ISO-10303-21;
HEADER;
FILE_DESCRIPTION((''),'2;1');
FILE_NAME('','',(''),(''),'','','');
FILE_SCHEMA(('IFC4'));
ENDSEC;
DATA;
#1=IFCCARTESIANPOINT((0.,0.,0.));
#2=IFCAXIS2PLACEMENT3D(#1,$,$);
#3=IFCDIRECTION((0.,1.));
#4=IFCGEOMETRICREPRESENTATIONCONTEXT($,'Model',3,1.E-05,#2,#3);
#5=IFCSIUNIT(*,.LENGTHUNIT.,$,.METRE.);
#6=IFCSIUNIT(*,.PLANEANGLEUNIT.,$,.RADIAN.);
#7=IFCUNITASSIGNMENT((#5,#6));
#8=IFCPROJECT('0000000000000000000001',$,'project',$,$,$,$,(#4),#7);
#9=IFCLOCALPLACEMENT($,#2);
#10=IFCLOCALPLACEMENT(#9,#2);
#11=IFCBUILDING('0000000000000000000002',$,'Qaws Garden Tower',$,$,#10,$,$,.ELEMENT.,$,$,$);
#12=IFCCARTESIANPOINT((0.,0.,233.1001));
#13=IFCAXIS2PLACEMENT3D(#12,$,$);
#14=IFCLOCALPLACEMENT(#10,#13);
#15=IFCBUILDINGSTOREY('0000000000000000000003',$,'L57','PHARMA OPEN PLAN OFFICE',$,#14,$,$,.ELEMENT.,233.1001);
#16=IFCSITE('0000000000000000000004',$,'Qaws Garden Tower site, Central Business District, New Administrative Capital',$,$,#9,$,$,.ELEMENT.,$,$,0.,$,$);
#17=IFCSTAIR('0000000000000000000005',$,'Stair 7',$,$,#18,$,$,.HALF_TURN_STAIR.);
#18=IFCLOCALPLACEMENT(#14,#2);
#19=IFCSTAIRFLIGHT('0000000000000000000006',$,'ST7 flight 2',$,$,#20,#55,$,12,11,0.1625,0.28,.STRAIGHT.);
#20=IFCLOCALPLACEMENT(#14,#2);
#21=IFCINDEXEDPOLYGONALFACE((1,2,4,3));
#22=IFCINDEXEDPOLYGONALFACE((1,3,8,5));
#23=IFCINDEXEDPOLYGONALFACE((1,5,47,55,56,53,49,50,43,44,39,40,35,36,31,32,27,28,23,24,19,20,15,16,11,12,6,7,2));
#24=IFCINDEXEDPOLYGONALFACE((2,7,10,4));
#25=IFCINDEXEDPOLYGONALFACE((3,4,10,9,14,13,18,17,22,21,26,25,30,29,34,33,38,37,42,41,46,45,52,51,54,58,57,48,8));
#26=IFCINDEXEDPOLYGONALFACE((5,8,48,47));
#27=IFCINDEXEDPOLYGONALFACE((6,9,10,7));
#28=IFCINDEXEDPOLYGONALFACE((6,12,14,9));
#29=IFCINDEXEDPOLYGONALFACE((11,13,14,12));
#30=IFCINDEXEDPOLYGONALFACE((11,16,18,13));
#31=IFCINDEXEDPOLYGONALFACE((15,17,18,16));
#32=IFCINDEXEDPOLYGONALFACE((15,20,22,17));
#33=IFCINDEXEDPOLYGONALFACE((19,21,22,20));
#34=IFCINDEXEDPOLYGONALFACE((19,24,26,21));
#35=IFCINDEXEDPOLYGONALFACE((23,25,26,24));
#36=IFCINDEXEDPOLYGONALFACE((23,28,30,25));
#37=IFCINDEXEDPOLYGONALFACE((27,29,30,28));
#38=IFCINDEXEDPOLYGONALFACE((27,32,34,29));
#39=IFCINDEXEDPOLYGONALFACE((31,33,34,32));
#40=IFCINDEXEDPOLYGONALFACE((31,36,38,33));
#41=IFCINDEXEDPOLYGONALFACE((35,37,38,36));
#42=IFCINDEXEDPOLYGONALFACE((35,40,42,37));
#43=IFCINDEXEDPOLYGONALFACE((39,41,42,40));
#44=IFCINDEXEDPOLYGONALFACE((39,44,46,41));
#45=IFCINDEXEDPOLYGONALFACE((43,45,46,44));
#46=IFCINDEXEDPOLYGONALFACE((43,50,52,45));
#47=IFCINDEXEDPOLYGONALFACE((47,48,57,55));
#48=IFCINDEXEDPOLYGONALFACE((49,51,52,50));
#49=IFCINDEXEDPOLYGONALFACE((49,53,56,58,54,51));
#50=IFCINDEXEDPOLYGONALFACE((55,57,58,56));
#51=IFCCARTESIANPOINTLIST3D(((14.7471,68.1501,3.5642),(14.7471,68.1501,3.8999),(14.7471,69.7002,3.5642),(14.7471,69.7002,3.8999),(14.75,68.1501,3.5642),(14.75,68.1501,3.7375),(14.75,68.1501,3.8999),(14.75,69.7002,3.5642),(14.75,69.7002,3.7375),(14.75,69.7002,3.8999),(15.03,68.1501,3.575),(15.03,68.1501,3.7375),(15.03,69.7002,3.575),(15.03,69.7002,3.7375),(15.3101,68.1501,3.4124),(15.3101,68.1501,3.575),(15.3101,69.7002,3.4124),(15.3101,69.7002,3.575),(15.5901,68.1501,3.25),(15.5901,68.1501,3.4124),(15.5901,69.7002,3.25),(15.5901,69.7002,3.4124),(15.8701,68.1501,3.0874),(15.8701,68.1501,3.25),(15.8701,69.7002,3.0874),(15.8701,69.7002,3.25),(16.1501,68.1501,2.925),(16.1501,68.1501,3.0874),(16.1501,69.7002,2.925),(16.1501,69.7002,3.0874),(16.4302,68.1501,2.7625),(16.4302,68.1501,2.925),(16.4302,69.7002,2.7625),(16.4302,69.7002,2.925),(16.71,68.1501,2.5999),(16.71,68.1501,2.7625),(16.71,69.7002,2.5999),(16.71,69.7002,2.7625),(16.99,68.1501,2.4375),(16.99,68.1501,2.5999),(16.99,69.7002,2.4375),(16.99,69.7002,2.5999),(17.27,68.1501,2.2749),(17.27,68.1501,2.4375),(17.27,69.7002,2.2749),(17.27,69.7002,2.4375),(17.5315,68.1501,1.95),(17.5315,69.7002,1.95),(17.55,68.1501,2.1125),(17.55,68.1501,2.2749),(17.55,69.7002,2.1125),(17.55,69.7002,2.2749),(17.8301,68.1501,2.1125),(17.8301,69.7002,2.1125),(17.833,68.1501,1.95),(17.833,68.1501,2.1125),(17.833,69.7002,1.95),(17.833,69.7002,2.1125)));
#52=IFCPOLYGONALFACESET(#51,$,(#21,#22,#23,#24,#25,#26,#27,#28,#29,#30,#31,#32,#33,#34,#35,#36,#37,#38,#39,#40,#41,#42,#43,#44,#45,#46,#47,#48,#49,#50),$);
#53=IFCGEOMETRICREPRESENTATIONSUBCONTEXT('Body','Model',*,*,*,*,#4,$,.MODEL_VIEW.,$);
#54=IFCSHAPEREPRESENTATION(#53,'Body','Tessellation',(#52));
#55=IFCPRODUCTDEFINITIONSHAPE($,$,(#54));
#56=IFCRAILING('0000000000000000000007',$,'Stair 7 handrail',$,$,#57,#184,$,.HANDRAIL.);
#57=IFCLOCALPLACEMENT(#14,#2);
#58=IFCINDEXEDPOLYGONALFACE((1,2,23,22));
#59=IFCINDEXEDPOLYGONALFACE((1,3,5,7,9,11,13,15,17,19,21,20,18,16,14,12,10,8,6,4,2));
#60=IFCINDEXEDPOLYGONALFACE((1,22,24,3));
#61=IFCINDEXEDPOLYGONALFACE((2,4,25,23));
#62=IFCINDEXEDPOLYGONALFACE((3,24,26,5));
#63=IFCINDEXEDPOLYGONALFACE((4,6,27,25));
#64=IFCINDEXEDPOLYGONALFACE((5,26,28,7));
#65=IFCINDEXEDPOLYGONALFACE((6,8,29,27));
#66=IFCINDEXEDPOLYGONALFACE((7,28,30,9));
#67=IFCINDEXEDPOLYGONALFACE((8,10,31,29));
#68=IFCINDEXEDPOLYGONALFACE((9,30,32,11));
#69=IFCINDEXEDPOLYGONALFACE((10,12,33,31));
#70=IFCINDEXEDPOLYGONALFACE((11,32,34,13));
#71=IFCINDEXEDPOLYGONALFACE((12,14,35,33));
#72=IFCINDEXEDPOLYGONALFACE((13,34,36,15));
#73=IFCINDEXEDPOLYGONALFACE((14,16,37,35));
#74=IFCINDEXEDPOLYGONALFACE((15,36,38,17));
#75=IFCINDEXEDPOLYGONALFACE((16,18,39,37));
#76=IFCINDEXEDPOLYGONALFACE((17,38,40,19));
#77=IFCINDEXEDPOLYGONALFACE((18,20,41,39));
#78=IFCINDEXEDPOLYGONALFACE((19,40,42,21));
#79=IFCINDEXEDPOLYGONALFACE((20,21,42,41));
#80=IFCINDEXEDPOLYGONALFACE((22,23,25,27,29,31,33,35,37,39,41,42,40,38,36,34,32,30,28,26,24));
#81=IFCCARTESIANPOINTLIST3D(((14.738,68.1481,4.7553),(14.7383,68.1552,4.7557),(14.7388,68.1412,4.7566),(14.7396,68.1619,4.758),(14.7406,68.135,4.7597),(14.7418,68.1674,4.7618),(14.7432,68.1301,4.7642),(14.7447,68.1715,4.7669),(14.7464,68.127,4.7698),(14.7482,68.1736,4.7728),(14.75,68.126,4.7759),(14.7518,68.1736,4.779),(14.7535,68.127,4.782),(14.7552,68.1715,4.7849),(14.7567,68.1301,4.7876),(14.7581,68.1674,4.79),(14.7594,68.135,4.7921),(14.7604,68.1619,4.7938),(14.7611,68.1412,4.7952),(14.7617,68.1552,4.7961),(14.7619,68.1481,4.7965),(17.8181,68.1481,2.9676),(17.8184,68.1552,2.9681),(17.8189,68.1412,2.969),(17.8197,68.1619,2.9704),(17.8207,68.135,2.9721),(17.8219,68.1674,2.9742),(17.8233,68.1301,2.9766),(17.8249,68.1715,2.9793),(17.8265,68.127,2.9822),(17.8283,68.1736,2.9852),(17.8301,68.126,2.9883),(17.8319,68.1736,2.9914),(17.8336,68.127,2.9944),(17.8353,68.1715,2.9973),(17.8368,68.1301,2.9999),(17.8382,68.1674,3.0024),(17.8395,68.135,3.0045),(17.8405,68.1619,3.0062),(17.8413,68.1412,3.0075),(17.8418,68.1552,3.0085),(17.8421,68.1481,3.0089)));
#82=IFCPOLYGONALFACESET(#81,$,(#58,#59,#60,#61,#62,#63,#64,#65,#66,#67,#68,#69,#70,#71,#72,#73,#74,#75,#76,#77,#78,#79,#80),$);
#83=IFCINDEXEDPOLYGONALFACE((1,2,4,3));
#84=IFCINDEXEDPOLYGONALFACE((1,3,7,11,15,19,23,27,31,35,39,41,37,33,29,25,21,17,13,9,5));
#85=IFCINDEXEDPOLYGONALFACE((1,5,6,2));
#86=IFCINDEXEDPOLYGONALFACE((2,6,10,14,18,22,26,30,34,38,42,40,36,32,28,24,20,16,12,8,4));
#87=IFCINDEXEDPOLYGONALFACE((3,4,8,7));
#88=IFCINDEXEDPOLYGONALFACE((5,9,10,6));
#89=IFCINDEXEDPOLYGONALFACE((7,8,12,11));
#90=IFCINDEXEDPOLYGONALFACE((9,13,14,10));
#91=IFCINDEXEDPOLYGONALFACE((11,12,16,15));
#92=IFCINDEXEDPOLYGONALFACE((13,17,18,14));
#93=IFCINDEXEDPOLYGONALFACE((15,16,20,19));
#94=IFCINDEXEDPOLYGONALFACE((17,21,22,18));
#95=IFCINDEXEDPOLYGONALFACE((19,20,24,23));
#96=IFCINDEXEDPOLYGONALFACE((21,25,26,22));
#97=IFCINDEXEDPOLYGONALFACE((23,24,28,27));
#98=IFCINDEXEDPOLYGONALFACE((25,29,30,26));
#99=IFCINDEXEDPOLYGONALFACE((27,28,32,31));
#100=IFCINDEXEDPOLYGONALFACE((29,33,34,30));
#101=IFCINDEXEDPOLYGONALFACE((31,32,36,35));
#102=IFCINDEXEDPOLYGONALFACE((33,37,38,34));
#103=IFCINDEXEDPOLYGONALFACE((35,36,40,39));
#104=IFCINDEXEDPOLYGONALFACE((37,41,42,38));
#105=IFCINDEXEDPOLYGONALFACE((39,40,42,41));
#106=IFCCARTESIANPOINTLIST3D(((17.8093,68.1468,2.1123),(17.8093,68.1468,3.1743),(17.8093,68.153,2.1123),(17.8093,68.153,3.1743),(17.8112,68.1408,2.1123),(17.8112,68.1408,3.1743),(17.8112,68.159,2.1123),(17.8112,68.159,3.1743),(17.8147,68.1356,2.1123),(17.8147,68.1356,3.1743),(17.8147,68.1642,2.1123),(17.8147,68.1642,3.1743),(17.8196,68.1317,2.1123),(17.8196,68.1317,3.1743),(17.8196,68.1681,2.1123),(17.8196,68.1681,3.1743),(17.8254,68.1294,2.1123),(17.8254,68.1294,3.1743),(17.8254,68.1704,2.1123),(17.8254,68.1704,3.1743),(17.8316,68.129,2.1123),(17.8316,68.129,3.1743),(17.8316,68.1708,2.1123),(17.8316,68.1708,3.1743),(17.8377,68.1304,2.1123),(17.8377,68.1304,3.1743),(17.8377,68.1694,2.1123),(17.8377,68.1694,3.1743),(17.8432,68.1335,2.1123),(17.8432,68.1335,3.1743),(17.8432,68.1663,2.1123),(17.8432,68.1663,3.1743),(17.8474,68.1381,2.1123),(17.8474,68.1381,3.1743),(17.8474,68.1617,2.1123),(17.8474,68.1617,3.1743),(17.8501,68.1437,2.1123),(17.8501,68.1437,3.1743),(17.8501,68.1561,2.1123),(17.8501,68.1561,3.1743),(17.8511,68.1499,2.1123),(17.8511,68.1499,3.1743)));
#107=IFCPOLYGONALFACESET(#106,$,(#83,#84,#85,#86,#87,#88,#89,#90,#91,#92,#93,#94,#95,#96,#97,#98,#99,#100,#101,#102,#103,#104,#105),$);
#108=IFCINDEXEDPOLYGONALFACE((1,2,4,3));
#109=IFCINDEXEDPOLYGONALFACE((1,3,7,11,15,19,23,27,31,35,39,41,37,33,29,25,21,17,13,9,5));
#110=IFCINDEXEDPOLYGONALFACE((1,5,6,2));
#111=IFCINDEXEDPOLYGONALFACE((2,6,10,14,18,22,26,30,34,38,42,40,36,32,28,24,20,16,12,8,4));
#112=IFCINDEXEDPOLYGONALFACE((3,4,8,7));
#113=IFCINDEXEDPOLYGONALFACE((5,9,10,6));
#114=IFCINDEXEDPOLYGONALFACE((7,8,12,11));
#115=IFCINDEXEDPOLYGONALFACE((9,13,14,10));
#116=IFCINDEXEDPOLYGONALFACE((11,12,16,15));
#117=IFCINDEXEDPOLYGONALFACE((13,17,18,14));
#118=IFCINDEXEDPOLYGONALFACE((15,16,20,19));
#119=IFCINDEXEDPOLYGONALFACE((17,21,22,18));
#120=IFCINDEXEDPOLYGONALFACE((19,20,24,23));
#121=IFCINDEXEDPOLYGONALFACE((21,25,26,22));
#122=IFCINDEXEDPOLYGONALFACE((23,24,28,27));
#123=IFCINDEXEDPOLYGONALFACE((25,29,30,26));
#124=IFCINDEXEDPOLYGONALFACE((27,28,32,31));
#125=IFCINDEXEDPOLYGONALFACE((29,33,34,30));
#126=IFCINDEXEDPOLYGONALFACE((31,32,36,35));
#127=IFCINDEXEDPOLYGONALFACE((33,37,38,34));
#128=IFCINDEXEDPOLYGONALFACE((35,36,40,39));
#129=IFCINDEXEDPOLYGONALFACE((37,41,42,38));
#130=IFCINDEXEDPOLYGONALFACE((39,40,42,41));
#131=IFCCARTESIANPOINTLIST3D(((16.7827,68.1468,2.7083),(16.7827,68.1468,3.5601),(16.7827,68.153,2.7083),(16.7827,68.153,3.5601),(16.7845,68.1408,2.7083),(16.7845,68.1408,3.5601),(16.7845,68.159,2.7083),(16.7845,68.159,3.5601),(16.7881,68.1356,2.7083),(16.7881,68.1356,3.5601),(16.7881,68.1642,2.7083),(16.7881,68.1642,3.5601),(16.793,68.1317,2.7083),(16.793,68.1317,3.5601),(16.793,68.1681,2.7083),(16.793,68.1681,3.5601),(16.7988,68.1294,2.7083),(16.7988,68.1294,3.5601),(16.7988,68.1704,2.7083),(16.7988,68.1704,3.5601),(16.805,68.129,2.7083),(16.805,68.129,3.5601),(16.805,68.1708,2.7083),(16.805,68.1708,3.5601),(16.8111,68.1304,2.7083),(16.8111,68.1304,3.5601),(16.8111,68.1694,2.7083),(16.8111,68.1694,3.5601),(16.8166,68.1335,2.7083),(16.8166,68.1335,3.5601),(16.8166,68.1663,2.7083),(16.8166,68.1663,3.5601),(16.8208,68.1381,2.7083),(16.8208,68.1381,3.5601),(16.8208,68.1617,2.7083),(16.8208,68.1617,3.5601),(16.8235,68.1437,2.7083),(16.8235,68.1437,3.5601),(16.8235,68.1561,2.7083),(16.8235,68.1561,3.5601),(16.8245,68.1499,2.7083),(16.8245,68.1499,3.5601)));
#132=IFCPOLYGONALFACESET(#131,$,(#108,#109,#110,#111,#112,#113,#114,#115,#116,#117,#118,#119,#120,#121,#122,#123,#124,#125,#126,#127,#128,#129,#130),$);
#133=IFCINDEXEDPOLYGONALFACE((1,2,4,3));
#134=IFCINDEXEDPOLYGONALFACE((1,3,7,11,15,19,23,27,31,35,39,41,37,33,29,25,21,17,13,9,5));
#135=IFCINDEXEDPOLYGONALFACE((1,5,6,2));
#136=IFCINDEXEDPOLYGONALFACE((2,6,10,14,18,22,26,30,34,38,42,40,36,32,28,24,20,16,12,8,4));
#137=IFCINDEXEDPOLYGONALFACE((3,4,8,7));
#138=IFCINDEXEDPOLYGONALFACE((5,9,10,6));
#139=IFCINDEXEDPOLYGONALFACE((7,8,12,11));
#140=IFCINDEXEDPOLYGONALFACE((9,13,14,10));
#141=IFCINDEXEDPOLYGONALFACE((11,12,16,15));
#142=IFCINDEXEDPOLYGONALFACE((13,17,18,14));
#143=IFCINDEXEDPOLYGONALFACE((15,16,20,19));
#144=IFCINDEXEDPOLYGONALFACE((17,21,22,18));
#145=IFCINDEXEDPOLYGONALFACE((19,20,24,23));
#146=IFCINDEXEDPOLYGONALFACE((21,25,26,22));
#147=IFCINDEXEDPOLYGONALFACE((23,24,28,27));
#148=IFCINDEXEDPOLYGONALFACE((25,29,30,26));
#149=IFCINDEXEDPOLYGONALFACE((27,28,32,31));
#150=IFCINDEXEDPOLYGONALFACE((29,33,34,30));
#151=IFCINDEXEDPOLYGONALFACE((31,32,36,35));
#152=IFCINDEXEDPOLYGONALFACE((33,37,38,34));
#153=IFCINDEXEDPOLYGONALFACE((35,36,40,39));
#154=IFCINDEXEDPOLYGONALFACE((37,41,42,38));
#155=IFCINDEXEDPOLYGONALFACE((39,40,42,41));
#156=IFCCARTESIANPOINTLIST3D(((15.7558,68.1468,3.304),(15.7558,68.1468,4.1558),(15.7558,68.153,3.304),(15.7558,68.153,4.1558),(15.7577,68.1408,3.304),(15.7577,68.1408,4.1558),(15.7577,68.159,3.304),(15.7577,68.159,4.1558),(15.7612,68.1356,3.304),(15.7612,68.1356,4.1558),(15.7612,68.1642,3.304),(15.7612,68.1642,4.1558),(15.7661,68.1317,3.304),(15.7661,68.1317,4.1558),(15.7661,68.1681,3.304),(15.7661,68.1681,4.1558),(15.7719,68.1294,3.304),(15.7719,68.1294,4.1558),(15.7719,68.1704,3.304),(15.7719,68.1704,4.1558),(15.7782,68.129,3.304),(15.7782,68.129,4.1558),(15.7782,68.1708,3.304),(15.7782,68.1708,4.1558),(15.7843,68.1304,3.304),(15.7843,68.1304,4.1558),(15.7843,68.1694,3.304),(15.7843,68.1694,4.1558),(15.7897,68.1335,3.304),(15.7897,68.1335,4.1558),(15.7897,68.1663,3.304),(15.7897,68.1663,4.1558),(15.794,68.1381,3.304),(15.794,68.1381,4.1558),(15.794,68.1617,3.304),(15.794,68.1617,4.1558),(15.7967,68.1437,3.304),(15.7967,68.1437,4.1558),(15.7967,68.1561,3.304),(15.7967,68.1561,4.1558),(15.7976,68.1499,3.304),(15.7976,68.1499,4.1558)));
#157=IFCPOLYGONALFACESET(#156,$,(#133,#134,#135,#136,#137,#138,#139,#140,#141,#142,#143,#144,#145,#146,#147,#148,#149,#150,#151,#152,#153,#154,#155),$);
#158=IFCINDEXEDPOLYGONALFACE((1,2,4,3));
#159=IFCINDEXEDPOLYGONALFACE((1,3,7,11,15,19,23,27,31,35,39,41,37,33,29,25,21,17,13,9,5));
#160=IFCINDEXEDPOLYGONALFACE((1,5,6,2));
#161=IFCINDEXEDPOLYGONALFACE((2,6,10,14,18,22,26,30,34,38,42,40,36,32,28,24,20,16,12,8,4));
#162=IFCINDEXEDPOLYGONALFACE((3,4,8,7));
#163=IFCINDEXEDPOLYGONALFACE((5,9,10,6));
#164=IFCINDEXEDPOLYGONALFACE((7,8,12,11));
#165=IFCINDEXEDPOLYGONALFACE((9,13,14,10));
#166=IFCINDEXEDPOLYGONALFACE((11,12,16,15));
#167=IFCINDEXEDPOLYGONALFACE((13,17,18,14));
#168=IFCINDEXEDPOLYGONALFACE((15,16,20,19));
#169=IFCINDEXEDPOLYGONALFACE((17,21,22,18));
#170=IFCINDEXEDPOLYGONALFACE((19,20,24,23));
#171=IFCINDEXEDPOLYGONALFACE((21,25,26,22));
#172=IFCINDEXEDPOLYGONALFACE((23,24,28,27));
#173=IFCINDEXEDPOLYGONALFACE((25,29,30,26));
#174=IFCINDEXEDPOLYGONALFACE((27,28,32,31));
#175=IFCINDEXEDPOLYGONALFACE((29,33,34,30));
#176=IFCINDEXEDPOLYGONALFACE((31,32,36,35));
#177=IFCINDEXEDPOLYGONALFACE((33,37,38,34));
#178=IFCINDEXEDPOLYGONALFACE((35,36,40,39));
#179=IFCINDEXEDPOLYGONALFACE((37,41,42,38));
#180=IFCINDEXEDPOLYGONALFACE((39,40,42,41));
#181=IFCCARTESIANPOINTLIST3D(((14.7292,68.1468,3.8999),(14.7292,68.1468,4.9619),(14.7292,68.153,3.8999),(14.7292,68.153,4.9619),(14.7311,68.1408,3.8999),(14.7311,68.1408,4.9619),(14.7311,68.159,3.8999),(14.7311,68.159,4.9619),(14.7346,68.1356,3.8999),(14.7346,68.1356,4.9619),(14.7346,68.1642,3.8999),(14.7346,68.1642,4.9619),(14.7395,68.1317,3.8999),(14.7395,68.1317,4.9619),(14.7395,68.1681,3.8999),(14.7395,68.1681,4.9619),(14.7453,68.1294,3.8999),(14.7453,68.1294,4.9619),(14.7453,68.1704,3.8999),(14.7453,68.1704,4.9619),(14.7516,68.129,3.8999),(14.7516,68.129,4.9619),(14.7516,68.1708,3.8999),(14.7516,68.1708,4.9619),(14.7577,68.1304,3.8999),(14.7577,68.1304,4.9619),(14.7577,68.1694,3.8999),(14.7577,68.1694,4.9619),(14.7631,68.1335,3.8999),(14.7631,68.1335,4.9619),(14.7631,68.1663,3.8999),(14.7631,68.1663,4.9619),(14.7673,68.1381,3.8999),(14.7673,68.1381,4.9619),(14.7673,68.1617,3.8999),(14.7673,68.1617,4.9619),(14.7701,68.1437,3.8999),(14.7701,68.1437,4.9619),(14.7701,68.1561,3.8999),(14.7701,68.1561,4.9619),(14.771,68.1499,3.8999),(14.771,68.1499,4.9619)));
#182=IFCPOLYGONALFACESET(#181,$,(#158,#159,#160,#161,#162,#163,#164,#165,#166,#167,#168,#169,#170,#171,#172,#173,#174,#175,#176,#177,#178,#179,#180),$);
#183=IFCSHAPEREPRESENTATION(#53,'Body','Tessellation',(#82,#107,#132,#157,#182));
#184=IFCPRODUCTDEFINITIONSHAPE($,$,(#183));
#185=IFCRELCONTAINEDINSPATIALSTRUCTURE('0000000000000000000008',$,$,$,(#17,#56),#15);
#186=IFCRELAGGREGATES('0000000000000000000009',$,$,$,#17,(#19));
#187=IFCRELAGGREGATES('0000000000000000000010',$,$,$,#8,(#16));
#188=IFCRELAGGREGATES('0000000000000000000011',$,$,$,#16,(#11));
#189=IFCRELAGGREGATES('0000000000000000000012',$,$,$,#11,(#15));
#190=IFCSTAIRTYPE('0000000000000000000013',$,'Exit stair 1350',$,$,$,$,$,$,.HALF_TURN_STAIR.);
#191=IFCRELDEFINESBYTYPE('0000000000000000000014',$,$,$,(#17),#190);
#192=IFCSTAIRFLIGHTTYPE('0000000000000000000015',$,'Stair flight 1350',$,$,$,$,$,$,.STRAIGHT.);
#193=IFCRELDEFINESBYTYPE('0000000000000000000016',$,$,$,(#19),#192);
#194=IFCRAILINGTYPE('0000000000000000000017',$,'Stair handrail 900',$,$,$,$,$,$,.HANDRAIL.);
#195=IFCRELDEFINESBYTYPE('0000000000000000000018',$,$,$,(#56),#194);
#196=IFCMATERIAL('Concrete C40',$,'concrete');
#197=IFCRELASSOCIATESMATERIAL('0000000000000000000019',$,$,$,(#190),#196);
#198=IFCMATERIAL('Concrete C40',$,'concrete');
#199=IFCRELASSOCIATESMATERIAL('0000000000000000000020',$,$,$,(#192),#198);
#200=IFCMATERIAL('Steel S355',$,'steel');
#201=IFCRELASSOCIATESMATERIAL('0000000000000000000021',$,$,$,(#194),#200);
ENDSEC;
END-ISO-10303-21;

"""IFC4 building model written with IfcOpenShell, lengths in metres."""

from ifc_helpers import new_model, si_unit, direction, frame, origin, origin_2d, place, context, subcontext, project, spatial, polyline, circle, outline, extrude, material, type_object, element, aggregate, save


model = new_model("IFC4")

# Units and contexts
model_context = context("Model", 3, precision=1e-05, world=origin(), true_north=direction((0.0, 1.0)))
body_context = subcontext(model_context, "Body", "Model", "MODEL_VIEW")
ifc_project = project(units=[si_unit("LENGTHUNIT", "METRE"), si_unit("PLANEANGLEUNIT", "RADIAN")], contexts=[model_context])

# Site, building, storey
site_placement = place(None, origin())
site = spatial("IfcSite", under=ifc_project, at=site_placement, Name="Qaws Garden Tower site, Central Business District, New Administrative Capital", CompositionType="ELEMENT", RefElevation=0.0)
building_placement = place(site_placement, origin())
building = spatial("IfcBuilding", under=site, at=building_placement, Name="Qaws Garden Tower", CompositionType="ELEMENT")
storey_placement = place(building_placement, frame((0.0, 0.0, 233.1001)))
storey = spatial("IfcBuildingStorey", under=building, at=storey_placement, Name="L57", Description="PHARMA OPEN PLAN OFFICE", CompositionType="ELEMENT", Elevation=233.1001)

# Stair, stair flight
ifc_material_1 = material(Name="Concrete C40", Category="concrete")
stair_type = type_object("IfcStairType", Name="Exit stair 1350", PredefinedType="HALF_TURN_STAIR", material=ifc_material_1)
stair_placement = place(storey_placement, origin())
stair = element("IfcStair", 1, at=stair_placement, inside=storey, type_object=stair_type, Name="Stair 7", PredefinedType="HALF_TURN_STAIR")
ifc_material_2 = material(Name="Concrete C40", Category="concrete")
stair_flight_type = type_object("IfcStairFlightType", Name="Stair flight 1350", PredefinedType="STRAIGHT", material=ifc_material_2)
stair_flight_placement = place(storey_placement, frame((17.8301, 68.925, 1.95), z_axis=(0.0, 0.0, 1.0), x_axis=(-1.0, 0.0, 0.0)))
stair_flight = element("IfcStairFlight", 2, at=stair_flight_placement, type_object=stair_flight_type, Name="ST7 flight 2", NumberOfRisers=12, NumberOfTreads=11, PredefinedType="STRAIGHT", RiserHeight=0.1625, TreadLength=0.28, context=body_context, shape_type="SweptSolid", body=[
    extrude(outline(polyline([(-0.0029, 0.0), (-0.0029, 0.1626), (0.0, 0.1626), (0.28, 0.1626), (0.28, 0.325), (0.5601, 0.325), (0.5601, 0.4875), (0.8401, 0.4875), (0.8401, 0.6499), (1.1201, 0.6499), (1.1201, 0.8125), (1.3999, 0.8125), (1.3999, 0.9751), (1.6799, 0.9751), (1.6799, 1.1375), (1.96, 1.1375), (1.96, 1.3), (2.24, 1.3), (2.24, 1.4624), (2.52, 1.4624), (2.52, 1.625), (2.8, 1.625), (2.8, 1.7876), (3.0801, 1.7876), (3.0801, 1.95), (3.083, 1.95), (3.083, 1.6143), (3.0801, 1.6143), (0.2986, 0.0), (-0.0029, 0.0)])), frame((0.0, 0.7749, 0.0), z_axis=(0.0, -1.0, 0.0), x_axis=(1.0, 0.0, 0.0)), (0.0, 0.0, 1.0), 1.55),
])
aggregate(stair, [stair_flight])

# Railing
ifc_material_3 = material(Name="Steel S355", Category="steel")
railing_type = type_object("IfcRailingType", Name="Stair handrail 900", PredefinedType="HANDRAIL", material=ifc_material_3)
railing_placement = place(storey_placement, frame((17.8301, 68.1499, 2.1123)))
element("IfcRailing", 3, at=railing_placement, inside=storey, type_object=railing_type, Name="Stair 7 handrail", PredefinedType="HANDRAIL", context=body_context, shape_type="SweptSolid", body=[
    extrude(circle(Radius=0.0239, at=origin_2d()), frame((0.0, 0.0, 0.876), z_axis=(-0.864891, 0.0, 0.50196), x_axis=(0.0, -1.0, 0.0)), (0.0, 0.0, 1.0), 3.5613),
    extrude(circle(Radius=0.021, at=origin_2d()), origin(), (0.0, 0.0, 1.0), 1.062),
    extrude(circle(Radius=0.021, at=origin_2d()), frame((-1.0266, 0.0, 0.5959)), (0.0, 0.0, 1.0), 0.8518),
    extrude(circle(Radius=0.021, at=origin_2d()), frame((-2.0535, 0.0, 1.1917)), (0.0, 0.0, 1.0), 0.8518),
    extrude(circle(Radius=0.021, at=origin_2d()), frame((-3.0801, 0.0, 1.7876)), (0.0, 0.0, 1.0), 1.062),
])

save(model, "model.ifc")
